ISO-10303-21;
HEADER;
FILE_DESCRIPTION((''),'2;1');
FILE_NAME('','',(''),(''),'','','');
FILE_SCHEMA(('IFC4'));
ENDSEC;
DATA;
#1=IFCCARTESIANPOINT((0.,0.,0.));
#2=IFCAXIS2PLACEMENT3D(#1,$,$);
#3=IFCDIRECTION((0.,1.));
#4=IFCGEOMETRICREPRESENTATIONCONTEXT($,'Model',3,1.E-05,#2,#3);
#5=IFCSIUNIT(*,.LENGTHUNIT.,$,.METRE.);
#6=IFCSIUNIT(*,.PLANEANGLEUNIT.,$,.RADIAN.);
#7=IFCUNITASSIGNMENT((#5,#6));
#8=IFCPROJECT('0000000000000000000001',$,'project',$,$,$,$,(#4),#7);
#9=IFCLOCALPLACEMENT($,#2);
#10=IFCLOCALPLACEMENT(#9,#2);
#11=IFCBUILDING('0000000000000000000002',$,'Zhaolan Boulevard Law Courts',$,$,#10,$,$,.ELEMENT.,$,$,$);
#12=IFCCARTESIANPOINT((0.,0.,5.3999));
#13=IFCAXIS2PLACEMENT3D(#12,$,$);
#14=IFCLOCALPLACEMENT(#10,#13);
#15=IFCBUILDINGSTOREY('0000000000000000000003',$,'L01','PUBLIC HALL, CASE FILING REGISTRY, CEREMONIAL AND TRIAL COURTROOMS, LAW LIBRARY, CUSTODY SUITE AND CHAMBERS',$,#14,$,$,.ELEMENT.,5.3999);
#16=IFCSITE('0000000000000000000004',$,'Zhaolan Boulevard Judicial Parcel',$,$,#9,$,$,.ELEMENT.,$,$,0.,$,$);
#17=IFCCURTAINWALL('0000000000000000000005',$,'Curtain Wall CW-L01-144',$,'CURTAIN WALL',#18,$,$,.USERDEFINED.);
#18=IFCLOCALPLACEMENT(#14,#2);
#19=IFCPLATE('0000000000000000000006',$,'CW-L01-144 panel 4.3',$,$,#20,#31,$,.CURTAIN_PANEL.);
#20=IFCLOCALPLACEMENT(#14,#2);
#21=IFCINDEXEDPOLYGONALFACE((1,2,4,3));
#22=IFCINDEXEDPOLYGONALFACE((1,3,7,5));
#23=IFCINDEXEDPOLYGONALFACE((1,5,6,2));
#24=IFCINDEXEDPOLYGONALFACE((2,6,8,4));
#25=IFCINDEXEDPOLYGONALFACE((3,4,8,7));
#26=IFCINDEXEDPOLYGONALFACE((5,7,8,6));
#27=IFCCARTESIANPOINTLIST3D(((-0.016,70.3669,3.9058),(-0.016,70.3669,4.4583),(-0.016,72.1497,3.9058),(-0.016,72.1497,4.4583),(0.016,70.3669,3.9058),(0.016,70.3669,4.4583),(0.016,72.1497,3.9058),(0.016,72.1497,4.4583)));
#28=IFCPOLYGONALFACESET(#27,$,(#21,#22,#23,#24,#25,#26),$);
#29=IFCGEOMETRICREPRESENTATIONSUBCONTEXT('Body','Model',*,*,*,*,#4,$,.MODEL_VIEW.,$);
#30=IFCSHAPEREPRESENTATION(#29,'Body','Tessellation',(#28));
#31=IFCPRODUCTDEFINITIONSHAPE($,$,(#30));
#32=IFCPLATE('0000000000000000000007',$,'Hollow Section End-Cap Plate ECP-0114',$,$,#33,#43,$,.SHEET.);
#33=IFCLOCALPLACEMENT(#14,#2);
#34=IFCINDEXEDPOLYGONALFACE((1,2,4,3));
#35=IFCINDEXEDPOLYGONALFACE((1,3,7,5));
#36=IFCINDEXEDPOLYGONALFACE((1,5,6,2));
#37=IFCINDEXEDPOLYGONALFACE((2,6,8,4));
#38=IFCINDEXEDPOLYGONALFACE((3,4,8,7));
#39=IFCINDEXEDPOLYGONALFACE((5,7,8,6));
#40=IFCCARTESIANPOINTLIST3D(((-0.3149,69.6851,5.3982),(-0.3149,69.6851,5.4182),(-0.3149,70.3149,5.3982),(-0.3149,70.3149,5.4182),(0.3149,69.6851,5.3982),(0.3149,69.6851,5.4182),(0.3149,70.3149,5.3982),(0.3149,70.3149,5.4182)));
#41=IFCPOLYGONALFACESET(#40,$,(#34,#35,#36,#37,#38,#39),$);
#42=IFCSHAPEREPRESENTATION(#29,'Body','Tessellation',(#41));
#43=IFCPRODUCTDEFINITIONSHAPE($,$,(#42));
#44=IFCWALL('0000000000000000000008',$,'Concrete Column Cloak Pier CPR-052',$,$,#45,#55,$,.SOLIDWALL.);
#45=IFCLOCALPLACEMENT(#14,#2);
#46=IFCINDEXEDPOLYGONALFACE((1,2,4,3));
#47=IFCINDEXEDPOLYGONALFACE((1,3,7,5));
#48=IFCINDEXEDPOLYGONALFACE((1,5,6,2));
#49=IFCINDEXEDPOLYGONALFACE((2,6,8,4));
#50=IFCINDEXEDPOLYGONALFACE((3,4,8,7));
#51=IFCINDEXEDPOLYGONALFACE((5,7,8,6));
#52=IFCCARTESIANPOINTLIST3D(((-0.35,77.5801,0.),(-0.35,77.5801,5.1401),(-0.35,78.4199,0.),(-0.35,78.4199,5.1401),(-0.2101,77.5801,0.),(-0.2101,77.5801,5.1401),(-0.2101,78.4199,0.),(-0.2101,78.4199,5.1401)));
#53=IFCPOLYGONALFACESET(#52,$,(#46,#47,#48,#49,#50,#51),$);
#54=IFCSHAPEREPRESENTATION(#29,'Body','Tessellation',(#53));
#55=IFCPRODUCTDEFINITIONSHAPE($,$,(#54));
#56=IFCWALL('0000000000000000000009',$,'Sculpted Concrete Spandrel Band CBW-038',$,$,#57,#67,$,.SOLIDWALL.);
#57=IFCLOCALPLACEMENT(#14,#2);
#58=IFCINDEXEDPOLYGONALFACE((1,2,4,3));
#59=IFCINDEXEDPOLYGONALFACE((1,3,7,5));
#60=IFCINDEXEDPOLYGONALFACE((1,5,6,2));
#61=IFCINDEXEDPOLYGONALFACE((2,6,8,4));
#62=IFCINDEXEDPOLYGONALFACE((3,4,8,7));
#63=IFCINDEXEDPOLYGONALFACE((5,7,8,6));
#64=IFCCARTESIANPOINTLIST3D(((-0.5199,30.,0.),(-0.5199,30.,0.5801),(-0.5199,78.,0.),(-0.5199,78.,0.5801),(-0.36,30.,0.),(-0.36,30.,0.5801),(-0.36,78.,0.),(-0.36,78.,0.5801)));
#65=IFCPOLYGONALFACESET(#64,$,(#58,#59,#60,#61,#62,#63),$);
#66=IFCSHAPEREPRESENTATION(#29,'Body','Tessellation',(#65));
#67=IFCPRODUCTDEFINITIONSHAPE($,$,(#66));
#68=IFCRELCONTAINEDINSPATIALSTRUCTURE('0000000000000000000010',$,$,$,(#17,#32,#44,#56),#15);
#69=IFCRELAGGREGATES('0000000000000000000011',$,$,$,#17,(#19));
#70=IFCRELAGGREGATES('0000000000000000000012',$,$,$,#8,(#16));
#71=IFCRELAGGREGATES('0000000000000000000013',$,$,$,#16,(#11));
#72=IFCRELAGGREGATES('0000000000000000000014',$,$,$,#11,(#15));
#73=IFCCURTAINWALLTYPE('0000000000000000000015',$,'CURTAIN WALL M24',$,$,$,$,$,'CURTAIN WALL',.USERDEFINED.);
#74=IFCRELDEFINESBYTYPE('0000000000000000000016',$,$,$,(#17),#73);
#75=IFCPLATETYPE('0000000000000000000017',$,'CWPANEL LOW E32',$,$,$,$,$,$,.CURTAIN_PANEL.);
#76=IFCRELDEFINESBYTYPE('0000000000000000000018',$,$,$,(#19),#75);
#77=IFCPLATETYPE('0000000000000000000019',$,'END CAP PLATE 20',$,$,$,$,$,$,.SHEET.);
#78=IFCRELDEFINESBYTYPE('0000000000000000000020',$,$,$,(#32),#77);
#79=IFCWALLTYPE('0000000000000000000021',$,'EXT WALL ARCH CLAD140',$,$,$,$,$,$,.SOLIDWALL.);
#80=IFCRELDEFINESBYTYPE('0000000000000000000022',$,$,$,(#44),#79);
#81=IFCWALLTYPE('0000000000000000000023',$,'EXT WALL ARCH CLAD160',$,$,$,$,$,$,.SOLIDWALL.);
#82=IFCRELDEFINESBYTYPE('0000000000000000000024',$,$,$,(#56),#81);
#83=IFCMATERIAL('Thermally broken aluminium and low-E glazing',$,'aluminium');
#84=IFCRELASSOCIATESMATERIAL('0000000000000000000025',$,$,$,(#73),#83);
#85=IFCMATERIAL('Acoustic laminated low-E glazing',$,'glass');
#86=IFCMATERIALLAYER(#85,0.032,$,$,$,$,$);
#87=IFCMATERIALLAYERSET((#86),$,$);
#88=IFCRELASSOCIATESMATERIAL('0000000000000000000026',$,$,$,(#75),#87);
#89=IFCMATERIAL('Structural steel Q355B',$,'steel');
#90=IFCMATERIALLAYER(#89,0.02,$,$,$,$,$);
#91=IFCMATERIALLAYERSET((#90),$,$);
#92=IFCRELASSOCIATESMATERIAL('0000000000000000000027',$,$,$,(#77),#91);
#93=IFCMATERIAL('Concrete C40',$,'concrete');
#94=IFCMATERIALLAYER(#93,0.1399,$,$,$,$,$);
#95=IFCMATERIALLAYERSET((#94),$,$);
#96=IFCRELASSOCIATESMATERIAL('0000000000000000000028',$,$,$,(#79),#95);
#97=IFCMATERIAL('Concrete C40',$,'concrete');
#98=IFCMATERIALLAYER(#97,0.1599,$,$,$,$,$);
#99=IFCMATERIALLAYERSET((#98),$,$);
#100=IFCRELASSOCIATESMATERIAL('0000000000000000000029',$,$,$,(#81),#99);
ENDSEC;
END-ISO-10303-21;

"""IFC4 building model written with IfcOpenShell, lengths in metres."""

from ifc_helpers import new_model, si_unit, direction, frame, frame_2d, origin, origin_2d, place, context, subcontext, project, spatial, rectangle, extrude, material, layer, layer_set, type_object, element, aggregate, save


model = new_model("IFC4")

# Units and contexts
model_context = context("Model", 3, precision=1e-05, world=origin(), true_north=direction((0.0, 1.0)))
body_context = subcontext(model_context, "Body", "Model", "MODEL_VIEW")
ifc_project = project(units=[si_unit("LENGTHUNIT", "METRE"), si_unit("PLANEANGLEUNIT", "RADIAN")], contexts=[model_context])

# Site, building, storey
site_placement = place(None, origin())
site = spatial("IfcSite", under=ifc_project, at=site_placement, Name="Zhaolan Boulevard Judicial Parcel", CompositionType="ELEMENT", RefElevation=0.0)
building_placement = place(site_placement, origin())
building = spatial("IfcBuilding", under=site, at=building_placement, Name="Zhaolan Boulevard Law Courts", CompositionType="ELEMENT")
storey_placement = place(building_placement, frame((0.0, 0.0, 5.3999)))
storey = spatial("IfcBuildingStorey", under=building, at=storey_placement, Name="L01", Description="PUBLIC HALL, CASE FILING REGISTRY, CEREMONIAL AND TRIAL COURTROOMS, LAW LIBRARY, CUSTODY SUITE AND CHAMBERS", CompositionType="ELEMENT", Elevation=5.3999)

# Curtain wall
ifc_material_1 = material(Name="Thermally broken aluminium and low-E glazing", Category="aluminium")
curtain_wall_type = type_object("IfcCurtainWallType", Name="CURTAIN WALL M24", ElementType="CURTAIN WALL", PredefinedType="USERDEFINED", material=ifc_material_1)
curtain_wall_placement = place(storey_placement, origin())
curtain_wall = element("IfcCurtainWall", 1, at=curtain_wall_placement, inside=storey, type_object=curtain_wall_type, Name="Curtain Wall CW-L01-144", ObjectType="CURTAIN WALL", PredefinedType="USERDEFINED")

# Plates
ifc_material_2 = material(Name="Acoustic laminated low-E glazing", Category="glass")
ifc_layer_1 = layer(ifc_material_2, 0.032)
ifc_layer_set_1 = layer_set([ifc_layer_1])
plate_type_1 = type_object("IfcPlateType", Name="CWPANEL LOW E32", PredefinedType="CURTAIN_PANEL", material=ifc_layer_set_1)
plate_1_placement = place(storey_placement, frame((0.0, 71.2583, 3.9058), z_axis=(0.0, 0.0, 1.0), x_axis=(0.0, -1.0, 0.0)))
plate_1 = element("IfcPlate", 2, at=plate_1_placement, type_object=plate_type_1, Name="CW-L01-144 panel 4.3", PredefinedType="CURTAIN_PANEL", context=body_context, shape_type="SweptSolid", body=[
    extrude(rectangle(XDim=1.7827, YDim=0.032, at=origin_2d()), origin(), (0.0, 0.0, 1.0), 0.5525),
])
aggregate(curtain_wall, [plate_1])
ifc_material_3 = material(Name="Structural steel Q355B", Category="steel")
ifc_layer_2 = layer(ifc_material_3, 0.02)
ifc_layer_set_2 = layer_set([ifc_layer_2])
plate_type_2 = type_object("IfcPlateType", Name="END CAP PLATE 20", PredefinedType="SHEET", material=ifc_layer_set_2)
plate_2_placement = place(storey_placement, frame((0.0, 70.0, 5.3982), z_axis=(0.0, 0.0, 1.0), x_axis=(1.0, 0.0, 0.0)))
element("IfcPlate", 3, at=plate_2_placement, inside=storey, type_object=plate_type_2, Name="Hollow Section End-Cap Plate ECP-0114", PredefinedType="SHEET", context=body_context, shape_type="SweptSolid", body=[
    extrude(rectangle(XDim=0.6299, YDim=0.6299, at=origin_2d()), origin(), (0.0, 0.0, 1.0), 0.02),
])

# Walls
ifc_material_4 = material(Name="Concrete C40", Category="concrete")
ifc_layer_3 = layer(ifc_material_4, 0.1399)
ifc_layer_set_3 = layer_set([ifc_layer_3])
wall_type_1 = type_object("IfcWallType", Name="EXT WALL ARCH CLAD140", PredefinedType="SOLIDWALL", material=ifc_layer_set_3)
wall_1_placement = place(storey_placement, frame((-0.28, 77.5801, 0.0), z_axis=(0.0, 0.0, 1.0), x_axis=(0.0, 1.0, 0.0)))
element("IfcWall", 4, at=wall_1_placement, inside=storey, type_object=wall_type_1, Name="Concrete Column Cloak Pier CPR-052", PredefinedType="SOLIDWALL", context=body_context, shape_type="SweptSolid", body=[
    extrude(rectangle(XDim=0.8398, YDim=0.1399, at=frame_2d((0.4199, 0.0))), origin(), (0.0, 0.0, 1.0), 5.1401),
])
ifc_material_5 = material(Name="Concrete C40", Category="concrete")
ifc_layer_4 = layer(ifc_material_5, 0.1599)
ifc_layer_set_4 = layer_set([ifc_layer_4])
wall_type_2 = type_object("IfcWallType", Name="EXT WALL ARCH CLAD160", PredefinedType="SOLIDWALL", material=ifc_layer_set_4)
wall_2_placement = place(storey_placement, frame((-0.4399, 78.0, 0.0), z_axis=(0.0, 0.0, 1.0), x_axis=(0.0, -1.0, 0.0)))
element("IfcWall", 5, at=wall_2_placement, inside=storey, type_object=wall_type_2, Name="Sculpted Concrete Spandrel Band CBW-038", PredefinedType="SOLIDWALL", context=body_context, shape_type="SweptSolid", body=[
    extrude(rectangle(XDim=48.0, YDim=0.1599, at=frame_2d((24.0, 0.0))), origin(), (0.0, 0.0, 1.0), 0.5801),
])

save(model, "model.ifc")
